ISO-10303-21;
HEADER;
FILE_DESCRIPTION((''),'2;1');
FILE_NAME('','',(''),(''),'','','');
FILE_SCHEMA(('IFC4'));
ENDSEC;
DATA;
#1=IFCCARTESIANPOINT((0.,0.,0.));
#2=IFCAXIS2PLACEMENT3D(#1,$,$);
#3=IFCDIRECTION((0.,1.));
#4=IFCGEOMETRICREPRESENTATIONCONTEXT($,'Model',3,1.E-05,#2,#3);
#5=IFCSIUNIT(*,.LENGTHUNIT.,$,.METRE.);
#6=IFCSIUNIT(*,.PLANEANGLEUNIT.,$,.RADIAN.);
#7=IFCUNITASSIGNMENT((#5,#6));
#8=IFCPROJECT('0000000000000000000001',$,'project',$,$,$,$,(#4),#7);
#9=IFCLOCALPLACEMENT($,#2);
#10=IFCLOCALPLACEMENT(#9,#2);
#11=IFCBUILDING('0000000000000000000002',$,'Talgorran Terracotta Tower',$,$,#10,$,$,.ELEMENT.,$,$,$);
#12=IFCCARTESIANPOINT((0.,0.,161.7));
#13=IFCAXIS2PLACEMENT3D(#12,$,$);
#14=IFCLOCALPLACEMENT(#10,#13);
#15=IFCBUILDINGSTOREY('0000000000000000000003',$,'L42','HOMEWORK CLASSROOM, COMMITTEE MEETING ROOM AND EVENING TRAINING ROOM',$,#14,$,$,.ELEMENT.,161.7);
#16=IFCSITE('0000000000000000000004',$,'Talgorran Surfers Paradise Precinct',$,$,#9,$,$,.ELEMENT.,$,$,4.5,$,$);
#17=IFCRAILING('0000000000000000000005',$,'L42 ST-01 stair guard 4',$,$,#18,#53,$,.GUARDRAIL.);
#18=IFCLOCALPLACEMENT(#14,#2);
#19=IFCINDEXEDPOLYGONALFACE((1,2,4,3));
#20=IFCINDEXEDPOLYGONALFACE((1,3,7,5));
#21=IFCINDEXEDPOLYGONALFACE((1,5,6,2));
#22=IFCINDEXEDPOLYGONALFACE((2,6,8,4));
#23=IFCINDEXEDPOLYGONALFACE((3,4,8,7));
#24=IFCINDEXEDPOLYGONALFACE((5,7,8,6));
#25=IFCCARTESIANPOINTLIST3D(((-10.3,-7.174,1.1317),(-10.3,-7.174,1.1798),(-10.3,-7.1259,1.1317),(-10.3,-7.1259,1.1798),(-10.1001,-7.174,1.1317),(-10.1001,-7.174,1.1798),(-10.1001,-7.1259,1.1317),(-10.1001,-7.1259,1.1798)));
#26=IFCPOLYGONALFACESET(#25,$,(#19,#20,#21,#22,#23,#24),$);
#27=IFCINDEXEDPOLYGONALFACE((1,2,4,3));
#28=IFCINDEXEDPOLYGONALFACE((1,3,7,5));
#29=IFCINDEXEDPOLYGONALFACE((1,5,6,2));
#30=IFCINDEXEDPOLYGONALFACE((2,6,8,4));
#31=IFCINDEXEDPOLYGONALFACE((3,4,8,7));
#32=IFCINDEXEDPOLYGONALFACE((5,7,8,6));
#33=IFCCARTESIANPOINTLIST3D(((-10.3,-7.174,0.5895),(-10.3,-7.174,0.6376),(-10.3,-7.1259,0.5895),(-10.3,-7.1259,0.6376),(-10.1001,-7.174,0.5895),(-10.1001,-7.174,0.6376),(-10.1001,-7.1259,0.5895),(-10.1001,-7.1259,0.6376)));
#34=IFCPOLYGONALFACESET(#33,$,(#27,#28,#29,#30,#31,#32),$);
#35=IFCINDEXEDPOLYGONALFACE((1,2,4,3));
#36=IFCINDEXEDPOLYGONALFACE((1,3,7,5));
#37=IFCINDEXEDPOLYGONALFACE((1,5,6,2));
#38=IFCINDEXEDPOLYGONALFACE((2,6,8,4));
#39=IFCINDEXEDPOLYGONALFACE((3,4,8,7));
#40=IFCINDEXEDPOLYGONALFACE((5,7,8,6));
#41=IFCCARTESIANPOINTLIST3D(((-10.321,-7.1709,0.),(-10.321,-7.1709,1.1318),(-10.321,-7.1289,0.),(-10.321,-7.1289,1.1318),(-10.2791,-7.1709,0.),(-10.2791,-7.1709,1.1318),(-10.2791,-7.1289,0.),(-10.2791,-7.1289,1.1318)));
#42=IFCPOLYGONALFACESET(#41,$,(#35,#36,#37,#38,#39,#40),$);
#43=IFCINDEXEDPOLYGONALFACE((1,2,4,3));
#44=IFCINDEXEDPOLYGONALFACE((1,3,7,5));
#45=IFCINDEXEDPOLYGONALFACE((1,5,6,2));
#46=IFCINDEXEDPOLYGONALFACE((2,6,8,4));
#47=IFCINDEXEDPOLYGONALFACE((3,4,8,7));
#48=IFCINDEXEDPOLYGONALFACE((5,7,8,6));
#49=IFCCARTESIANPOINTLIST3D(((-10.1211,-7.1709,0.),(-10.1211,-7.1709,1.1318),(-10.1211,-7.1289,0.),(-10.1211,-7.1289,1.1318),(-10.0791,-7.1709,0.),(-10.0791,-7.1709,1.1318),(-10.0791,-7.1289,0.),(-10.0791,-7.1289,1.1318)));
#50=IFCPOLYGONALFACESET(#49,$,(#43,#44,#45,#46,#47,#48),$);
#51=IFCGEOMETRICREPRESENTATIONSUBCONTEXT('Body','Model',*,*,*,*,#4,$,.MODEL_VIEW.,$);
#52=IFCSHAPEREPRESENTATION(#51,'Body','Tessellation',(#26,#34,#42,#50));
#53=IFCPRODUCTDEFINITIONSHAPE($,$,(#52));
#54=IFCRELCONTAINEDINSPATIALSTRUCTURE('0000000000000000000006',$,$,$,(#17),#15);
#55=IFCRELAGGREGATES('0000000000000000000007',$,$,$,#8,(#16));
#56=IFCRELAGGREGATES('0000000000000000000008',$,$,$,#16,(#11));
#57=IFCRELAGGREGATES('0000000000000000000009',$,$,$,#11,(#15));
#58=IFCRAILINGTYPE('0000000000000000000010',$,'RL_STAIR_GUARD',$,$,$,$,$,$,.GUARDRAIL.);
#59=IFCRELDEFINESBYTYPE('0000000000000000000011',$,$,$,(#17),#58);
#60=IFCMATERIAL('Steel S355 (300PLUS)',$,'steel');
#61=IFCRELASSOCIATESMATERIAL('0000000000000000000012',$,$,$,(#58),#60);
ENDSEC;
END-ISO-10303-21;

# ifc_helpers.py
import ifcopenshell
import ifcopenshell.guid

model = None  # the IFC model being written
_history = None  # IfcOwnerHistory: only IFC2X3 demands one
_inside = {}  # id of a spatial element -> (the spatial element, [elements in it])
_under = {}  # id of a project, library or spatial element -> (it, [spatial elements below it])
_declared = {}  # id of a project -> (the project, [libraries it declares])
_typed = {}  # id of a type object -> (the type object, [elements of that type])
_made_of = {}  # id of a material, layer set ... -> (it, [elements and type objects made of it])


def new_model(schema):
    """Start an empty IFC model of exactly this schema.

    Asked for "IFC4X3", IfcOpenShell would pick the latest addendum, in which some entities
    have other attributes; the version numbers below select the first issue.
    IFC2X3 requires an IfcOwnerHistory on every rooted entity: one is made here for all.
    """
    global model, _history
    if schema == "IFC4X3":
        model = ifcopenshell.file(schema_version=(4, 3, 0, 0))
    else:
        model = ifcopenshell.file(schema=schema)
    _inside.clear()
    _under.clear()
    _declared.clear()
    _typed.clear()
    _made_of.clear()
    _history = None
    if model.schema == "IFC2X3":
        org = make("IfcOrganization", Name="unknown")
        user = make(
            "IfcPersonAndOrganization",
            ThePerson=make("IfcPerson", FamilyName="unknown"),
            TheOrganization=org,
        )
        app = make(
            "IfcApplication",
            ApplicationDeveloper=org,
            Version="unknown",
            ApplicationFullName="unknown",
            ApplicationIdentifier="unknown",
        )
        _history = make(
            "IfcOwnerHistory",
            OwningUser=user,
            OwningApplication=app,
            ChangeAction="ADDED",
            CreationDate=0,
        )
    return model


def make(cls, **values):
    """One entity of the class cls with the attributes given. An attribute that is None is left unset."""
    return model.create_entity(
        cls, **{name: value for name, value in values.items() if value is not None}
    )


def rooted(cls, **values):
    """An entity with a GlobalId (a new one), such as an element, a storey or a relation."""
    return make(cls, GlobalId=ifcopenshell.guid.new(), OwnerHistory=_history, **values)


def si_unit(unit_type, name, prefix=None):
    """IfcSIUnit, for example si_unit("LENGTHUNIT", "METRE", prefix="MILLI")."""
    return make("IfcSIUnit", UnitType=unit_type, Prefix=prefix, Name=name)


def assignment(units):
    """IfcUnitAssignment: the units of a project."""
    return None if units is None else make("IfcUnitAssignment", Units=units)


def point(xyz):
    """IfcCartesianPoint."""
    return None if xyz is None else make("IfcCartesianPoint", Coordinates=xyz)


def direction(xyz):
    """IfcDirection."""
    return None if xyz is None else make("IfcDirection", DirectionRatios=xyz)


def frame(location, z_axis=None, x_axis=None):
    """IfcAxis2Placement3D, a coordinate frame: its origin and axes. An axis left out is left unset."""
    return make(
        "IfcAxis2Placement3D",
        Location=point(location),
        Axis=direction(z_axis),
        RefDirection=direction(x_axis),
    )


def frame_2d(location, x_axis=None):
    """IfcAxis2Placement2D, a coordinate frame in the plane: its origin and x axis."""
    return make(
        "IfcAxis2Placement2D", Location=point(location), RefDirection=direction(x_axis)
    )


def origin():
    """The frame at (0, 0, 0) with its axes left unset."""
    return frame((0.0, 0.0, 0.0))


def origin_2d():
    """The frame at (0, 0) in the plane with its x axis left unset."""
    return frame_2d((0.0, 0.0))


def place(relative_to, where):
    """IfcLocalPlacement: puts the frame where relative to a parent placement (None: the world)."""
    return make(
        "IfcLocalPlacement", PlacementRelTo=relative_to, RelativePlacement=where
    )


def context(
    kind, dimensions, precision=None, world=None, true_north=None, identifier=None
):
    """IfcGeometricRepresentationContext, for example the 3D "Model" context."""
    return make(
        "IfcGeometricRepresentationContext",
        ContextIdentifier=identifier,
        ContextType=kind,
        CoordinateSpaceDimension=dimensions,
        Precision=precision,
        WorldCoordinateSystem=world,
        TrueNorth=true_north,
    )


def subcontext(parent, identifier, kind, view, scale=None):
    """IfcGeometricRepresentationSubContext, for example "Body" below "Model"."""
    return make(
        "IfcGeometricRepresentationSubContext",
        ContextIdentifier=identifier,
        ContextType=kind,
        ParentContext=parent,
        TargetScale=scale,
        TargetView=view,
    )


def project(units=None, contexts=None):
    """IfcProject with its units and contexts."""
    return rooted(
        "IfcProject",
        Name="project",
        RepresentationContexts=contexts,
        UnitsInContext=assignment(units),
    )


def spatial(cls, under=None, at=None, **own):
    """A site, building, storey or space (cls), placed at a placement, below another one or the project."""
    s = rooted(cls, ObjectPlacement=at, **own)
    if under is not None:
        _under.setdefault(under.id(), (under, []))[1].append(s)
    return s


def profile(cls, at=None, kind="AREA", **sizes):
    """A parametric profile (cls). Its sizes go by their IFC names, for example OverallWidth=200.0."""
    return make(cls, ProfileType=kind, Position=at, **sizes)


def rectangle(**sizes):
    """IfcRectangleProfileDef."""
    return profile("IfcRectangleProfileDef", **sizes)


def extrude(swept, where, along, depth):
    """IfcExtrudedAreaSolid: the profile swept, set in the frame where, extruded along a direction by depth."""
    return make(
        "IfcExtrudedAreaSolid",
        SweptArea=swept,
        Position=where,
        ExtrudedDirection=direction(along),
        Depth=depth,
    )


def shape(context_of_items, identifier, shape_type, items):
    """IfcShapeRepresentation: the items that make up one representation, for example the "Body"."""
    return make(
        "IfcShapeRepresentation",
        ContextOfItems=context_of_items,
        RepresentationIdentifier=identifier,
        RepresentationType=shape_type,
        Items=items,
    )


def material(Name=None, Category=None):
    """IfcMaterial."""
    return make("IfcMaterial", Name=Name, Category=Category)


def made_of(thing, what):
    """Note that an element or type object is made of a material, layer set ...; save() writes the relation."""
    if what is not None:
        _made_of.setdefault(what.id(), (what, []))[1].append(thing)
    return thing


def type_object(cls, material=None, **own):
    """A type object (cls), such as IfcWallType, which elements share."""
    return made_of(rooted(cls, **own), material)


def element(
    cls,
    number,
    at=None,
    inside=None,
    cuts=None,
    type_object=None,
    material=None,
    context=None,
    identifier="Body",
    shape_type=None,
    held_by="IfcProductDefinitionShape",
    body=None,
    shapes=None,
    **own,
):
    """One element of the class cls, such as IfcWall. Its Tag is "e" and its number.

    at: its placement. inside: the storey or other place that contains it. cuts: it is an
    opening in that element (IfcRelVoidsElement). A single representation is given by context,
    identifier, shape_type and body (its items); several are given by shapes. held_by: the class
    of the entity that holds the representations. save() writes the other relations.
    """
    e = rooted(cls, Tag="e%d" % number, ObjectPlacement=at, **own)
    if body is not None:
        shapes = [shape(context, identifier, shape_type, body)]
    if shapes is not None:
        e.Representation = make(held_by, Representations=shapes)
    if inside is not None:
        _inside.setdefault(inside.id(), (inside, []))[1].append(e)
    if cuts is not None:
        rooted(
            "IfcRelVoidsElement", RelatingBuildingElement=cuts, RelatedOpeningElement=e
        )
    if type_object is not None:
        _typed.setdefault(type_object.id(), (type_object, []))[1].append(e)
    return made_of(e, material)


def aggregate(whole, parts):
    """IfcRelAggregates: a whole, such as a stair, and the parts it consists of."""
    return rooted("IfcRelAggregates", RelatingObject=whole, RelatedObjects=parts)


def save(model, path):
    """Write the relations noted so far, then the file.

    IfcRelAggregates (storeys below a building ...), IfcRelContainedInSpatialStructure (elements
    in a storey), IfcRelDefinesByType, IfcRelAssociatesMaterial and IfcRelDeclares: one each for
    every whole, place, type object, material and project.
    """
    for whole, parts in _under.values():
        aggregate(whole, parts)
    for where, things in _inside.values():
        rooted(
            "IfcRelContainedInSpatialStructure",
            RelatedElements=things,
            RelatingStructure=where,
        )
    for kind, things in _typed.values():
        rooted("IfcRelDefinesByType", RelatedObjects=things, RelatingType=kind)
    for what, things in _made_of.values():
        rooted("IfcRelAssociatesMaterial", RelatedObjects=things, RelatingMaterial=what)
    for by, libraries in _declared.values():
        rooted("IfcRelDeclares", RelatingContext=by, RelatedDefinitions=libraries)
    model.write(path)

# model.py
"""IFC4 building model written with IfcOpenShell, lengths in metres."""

from ifc_helpers import new_model, si_unit, direction, frame, origin, origin_2d, place, context, subcontext, project, spatial, rectangle, extrude, material, type_object, element, save


model = new_model("IFC4")

# Units and contexts
model_context = context("Model", 3, precision=1e-05, world=origin(), true_north=direction((0.0, 1.0)))
body_context = subcontext(model_context, "Body", "Model", "MODEL_VIEW")
ifc_project = project(units=[si_unit("LENGTHUNIT", "METRE"), si_unit("PLANEANGLEUNIT", "RADIAN")], contexts=[model_context])

# Site, building, storey
site_placement = place(None, origin())
site = spatial("IfcSite", under=ifc_project, at=site_placement, Name="Talgorran Surfers Paradise Precinct", CompositionType="ELEMENT", RefElevation=4.5)
building_placement = place(site_placement, origin())
building = spatial("IfcBuilding", under=site, at=building_placement, Name="Talgorran Terracotta Tower", CompositionType="ELEMENT")
storey_placement = place(building_placement, frame((0.0, 0.0, 161.7)))
storey = spatial("IfcBuildingStorey", under=building, at=storey_placement, Name="L42", Description="HOMEWORK CLASSROOM, COMMITTEE MEETING ROOM AND EVENING TRAINING ROOM", CompositionType="ELEMENT", Elevation=161.7)

# Shared definitions
ifc_material_1 = material(Name="Steel S355 (300PLUS)", Category="steel")

# Railing
railing_type_1 = type_object("IfcRailingType", Name="RL_STAIR_GUARD", PredefinedType="GUARDRAIL", material=ifc_material_1)
railing_1_placement = place(storey_placement, frame((-10.3, -7.1499, 0.0)))
element("IfcRailing", 1, at=railing_1_placement, inside=storey, type_object=railing_type_1, Name="L42 ST-01 stair guard 4", PredefinedType="GUARDRAIL", context=body_context, shape_type="SweptSolid", body=[
    extrude(rectangle(XDim=0.0481, YDim=0.0481, at=origin_2d()), frame((0.0, 0.0, 1.1558), z_axis=(1.0, 0.0, 0.0), x_axis=(0.0, 1.0, 0.0)), (0.0, 0.0, 1.0), 0.2),
    extrude(rectangle(XDim=0.0481, YDim=0.0481, at=origin_2d()), frame((0.0, 0.0, 0.6135), z_axis=(1.0, 0.0, 0.0), x_axis=(0.0, 1.0, 0.0)), (0.0, 0.0, 1.0), 0.2),
    extrude(rectangle(XDim=0.042, YDim=0.042, at=origin_2d()), origin(), (0.0, 0.0, 1.0), 1.1318),
    extrude(rectangle(XDim=0.042, YDim=0.042, at=origin_2d()), frame((0.2, 0.0, 0.0)), (0.0, 0.0, 1.0), 1.1318),
])

save(model, "model.ifc")
